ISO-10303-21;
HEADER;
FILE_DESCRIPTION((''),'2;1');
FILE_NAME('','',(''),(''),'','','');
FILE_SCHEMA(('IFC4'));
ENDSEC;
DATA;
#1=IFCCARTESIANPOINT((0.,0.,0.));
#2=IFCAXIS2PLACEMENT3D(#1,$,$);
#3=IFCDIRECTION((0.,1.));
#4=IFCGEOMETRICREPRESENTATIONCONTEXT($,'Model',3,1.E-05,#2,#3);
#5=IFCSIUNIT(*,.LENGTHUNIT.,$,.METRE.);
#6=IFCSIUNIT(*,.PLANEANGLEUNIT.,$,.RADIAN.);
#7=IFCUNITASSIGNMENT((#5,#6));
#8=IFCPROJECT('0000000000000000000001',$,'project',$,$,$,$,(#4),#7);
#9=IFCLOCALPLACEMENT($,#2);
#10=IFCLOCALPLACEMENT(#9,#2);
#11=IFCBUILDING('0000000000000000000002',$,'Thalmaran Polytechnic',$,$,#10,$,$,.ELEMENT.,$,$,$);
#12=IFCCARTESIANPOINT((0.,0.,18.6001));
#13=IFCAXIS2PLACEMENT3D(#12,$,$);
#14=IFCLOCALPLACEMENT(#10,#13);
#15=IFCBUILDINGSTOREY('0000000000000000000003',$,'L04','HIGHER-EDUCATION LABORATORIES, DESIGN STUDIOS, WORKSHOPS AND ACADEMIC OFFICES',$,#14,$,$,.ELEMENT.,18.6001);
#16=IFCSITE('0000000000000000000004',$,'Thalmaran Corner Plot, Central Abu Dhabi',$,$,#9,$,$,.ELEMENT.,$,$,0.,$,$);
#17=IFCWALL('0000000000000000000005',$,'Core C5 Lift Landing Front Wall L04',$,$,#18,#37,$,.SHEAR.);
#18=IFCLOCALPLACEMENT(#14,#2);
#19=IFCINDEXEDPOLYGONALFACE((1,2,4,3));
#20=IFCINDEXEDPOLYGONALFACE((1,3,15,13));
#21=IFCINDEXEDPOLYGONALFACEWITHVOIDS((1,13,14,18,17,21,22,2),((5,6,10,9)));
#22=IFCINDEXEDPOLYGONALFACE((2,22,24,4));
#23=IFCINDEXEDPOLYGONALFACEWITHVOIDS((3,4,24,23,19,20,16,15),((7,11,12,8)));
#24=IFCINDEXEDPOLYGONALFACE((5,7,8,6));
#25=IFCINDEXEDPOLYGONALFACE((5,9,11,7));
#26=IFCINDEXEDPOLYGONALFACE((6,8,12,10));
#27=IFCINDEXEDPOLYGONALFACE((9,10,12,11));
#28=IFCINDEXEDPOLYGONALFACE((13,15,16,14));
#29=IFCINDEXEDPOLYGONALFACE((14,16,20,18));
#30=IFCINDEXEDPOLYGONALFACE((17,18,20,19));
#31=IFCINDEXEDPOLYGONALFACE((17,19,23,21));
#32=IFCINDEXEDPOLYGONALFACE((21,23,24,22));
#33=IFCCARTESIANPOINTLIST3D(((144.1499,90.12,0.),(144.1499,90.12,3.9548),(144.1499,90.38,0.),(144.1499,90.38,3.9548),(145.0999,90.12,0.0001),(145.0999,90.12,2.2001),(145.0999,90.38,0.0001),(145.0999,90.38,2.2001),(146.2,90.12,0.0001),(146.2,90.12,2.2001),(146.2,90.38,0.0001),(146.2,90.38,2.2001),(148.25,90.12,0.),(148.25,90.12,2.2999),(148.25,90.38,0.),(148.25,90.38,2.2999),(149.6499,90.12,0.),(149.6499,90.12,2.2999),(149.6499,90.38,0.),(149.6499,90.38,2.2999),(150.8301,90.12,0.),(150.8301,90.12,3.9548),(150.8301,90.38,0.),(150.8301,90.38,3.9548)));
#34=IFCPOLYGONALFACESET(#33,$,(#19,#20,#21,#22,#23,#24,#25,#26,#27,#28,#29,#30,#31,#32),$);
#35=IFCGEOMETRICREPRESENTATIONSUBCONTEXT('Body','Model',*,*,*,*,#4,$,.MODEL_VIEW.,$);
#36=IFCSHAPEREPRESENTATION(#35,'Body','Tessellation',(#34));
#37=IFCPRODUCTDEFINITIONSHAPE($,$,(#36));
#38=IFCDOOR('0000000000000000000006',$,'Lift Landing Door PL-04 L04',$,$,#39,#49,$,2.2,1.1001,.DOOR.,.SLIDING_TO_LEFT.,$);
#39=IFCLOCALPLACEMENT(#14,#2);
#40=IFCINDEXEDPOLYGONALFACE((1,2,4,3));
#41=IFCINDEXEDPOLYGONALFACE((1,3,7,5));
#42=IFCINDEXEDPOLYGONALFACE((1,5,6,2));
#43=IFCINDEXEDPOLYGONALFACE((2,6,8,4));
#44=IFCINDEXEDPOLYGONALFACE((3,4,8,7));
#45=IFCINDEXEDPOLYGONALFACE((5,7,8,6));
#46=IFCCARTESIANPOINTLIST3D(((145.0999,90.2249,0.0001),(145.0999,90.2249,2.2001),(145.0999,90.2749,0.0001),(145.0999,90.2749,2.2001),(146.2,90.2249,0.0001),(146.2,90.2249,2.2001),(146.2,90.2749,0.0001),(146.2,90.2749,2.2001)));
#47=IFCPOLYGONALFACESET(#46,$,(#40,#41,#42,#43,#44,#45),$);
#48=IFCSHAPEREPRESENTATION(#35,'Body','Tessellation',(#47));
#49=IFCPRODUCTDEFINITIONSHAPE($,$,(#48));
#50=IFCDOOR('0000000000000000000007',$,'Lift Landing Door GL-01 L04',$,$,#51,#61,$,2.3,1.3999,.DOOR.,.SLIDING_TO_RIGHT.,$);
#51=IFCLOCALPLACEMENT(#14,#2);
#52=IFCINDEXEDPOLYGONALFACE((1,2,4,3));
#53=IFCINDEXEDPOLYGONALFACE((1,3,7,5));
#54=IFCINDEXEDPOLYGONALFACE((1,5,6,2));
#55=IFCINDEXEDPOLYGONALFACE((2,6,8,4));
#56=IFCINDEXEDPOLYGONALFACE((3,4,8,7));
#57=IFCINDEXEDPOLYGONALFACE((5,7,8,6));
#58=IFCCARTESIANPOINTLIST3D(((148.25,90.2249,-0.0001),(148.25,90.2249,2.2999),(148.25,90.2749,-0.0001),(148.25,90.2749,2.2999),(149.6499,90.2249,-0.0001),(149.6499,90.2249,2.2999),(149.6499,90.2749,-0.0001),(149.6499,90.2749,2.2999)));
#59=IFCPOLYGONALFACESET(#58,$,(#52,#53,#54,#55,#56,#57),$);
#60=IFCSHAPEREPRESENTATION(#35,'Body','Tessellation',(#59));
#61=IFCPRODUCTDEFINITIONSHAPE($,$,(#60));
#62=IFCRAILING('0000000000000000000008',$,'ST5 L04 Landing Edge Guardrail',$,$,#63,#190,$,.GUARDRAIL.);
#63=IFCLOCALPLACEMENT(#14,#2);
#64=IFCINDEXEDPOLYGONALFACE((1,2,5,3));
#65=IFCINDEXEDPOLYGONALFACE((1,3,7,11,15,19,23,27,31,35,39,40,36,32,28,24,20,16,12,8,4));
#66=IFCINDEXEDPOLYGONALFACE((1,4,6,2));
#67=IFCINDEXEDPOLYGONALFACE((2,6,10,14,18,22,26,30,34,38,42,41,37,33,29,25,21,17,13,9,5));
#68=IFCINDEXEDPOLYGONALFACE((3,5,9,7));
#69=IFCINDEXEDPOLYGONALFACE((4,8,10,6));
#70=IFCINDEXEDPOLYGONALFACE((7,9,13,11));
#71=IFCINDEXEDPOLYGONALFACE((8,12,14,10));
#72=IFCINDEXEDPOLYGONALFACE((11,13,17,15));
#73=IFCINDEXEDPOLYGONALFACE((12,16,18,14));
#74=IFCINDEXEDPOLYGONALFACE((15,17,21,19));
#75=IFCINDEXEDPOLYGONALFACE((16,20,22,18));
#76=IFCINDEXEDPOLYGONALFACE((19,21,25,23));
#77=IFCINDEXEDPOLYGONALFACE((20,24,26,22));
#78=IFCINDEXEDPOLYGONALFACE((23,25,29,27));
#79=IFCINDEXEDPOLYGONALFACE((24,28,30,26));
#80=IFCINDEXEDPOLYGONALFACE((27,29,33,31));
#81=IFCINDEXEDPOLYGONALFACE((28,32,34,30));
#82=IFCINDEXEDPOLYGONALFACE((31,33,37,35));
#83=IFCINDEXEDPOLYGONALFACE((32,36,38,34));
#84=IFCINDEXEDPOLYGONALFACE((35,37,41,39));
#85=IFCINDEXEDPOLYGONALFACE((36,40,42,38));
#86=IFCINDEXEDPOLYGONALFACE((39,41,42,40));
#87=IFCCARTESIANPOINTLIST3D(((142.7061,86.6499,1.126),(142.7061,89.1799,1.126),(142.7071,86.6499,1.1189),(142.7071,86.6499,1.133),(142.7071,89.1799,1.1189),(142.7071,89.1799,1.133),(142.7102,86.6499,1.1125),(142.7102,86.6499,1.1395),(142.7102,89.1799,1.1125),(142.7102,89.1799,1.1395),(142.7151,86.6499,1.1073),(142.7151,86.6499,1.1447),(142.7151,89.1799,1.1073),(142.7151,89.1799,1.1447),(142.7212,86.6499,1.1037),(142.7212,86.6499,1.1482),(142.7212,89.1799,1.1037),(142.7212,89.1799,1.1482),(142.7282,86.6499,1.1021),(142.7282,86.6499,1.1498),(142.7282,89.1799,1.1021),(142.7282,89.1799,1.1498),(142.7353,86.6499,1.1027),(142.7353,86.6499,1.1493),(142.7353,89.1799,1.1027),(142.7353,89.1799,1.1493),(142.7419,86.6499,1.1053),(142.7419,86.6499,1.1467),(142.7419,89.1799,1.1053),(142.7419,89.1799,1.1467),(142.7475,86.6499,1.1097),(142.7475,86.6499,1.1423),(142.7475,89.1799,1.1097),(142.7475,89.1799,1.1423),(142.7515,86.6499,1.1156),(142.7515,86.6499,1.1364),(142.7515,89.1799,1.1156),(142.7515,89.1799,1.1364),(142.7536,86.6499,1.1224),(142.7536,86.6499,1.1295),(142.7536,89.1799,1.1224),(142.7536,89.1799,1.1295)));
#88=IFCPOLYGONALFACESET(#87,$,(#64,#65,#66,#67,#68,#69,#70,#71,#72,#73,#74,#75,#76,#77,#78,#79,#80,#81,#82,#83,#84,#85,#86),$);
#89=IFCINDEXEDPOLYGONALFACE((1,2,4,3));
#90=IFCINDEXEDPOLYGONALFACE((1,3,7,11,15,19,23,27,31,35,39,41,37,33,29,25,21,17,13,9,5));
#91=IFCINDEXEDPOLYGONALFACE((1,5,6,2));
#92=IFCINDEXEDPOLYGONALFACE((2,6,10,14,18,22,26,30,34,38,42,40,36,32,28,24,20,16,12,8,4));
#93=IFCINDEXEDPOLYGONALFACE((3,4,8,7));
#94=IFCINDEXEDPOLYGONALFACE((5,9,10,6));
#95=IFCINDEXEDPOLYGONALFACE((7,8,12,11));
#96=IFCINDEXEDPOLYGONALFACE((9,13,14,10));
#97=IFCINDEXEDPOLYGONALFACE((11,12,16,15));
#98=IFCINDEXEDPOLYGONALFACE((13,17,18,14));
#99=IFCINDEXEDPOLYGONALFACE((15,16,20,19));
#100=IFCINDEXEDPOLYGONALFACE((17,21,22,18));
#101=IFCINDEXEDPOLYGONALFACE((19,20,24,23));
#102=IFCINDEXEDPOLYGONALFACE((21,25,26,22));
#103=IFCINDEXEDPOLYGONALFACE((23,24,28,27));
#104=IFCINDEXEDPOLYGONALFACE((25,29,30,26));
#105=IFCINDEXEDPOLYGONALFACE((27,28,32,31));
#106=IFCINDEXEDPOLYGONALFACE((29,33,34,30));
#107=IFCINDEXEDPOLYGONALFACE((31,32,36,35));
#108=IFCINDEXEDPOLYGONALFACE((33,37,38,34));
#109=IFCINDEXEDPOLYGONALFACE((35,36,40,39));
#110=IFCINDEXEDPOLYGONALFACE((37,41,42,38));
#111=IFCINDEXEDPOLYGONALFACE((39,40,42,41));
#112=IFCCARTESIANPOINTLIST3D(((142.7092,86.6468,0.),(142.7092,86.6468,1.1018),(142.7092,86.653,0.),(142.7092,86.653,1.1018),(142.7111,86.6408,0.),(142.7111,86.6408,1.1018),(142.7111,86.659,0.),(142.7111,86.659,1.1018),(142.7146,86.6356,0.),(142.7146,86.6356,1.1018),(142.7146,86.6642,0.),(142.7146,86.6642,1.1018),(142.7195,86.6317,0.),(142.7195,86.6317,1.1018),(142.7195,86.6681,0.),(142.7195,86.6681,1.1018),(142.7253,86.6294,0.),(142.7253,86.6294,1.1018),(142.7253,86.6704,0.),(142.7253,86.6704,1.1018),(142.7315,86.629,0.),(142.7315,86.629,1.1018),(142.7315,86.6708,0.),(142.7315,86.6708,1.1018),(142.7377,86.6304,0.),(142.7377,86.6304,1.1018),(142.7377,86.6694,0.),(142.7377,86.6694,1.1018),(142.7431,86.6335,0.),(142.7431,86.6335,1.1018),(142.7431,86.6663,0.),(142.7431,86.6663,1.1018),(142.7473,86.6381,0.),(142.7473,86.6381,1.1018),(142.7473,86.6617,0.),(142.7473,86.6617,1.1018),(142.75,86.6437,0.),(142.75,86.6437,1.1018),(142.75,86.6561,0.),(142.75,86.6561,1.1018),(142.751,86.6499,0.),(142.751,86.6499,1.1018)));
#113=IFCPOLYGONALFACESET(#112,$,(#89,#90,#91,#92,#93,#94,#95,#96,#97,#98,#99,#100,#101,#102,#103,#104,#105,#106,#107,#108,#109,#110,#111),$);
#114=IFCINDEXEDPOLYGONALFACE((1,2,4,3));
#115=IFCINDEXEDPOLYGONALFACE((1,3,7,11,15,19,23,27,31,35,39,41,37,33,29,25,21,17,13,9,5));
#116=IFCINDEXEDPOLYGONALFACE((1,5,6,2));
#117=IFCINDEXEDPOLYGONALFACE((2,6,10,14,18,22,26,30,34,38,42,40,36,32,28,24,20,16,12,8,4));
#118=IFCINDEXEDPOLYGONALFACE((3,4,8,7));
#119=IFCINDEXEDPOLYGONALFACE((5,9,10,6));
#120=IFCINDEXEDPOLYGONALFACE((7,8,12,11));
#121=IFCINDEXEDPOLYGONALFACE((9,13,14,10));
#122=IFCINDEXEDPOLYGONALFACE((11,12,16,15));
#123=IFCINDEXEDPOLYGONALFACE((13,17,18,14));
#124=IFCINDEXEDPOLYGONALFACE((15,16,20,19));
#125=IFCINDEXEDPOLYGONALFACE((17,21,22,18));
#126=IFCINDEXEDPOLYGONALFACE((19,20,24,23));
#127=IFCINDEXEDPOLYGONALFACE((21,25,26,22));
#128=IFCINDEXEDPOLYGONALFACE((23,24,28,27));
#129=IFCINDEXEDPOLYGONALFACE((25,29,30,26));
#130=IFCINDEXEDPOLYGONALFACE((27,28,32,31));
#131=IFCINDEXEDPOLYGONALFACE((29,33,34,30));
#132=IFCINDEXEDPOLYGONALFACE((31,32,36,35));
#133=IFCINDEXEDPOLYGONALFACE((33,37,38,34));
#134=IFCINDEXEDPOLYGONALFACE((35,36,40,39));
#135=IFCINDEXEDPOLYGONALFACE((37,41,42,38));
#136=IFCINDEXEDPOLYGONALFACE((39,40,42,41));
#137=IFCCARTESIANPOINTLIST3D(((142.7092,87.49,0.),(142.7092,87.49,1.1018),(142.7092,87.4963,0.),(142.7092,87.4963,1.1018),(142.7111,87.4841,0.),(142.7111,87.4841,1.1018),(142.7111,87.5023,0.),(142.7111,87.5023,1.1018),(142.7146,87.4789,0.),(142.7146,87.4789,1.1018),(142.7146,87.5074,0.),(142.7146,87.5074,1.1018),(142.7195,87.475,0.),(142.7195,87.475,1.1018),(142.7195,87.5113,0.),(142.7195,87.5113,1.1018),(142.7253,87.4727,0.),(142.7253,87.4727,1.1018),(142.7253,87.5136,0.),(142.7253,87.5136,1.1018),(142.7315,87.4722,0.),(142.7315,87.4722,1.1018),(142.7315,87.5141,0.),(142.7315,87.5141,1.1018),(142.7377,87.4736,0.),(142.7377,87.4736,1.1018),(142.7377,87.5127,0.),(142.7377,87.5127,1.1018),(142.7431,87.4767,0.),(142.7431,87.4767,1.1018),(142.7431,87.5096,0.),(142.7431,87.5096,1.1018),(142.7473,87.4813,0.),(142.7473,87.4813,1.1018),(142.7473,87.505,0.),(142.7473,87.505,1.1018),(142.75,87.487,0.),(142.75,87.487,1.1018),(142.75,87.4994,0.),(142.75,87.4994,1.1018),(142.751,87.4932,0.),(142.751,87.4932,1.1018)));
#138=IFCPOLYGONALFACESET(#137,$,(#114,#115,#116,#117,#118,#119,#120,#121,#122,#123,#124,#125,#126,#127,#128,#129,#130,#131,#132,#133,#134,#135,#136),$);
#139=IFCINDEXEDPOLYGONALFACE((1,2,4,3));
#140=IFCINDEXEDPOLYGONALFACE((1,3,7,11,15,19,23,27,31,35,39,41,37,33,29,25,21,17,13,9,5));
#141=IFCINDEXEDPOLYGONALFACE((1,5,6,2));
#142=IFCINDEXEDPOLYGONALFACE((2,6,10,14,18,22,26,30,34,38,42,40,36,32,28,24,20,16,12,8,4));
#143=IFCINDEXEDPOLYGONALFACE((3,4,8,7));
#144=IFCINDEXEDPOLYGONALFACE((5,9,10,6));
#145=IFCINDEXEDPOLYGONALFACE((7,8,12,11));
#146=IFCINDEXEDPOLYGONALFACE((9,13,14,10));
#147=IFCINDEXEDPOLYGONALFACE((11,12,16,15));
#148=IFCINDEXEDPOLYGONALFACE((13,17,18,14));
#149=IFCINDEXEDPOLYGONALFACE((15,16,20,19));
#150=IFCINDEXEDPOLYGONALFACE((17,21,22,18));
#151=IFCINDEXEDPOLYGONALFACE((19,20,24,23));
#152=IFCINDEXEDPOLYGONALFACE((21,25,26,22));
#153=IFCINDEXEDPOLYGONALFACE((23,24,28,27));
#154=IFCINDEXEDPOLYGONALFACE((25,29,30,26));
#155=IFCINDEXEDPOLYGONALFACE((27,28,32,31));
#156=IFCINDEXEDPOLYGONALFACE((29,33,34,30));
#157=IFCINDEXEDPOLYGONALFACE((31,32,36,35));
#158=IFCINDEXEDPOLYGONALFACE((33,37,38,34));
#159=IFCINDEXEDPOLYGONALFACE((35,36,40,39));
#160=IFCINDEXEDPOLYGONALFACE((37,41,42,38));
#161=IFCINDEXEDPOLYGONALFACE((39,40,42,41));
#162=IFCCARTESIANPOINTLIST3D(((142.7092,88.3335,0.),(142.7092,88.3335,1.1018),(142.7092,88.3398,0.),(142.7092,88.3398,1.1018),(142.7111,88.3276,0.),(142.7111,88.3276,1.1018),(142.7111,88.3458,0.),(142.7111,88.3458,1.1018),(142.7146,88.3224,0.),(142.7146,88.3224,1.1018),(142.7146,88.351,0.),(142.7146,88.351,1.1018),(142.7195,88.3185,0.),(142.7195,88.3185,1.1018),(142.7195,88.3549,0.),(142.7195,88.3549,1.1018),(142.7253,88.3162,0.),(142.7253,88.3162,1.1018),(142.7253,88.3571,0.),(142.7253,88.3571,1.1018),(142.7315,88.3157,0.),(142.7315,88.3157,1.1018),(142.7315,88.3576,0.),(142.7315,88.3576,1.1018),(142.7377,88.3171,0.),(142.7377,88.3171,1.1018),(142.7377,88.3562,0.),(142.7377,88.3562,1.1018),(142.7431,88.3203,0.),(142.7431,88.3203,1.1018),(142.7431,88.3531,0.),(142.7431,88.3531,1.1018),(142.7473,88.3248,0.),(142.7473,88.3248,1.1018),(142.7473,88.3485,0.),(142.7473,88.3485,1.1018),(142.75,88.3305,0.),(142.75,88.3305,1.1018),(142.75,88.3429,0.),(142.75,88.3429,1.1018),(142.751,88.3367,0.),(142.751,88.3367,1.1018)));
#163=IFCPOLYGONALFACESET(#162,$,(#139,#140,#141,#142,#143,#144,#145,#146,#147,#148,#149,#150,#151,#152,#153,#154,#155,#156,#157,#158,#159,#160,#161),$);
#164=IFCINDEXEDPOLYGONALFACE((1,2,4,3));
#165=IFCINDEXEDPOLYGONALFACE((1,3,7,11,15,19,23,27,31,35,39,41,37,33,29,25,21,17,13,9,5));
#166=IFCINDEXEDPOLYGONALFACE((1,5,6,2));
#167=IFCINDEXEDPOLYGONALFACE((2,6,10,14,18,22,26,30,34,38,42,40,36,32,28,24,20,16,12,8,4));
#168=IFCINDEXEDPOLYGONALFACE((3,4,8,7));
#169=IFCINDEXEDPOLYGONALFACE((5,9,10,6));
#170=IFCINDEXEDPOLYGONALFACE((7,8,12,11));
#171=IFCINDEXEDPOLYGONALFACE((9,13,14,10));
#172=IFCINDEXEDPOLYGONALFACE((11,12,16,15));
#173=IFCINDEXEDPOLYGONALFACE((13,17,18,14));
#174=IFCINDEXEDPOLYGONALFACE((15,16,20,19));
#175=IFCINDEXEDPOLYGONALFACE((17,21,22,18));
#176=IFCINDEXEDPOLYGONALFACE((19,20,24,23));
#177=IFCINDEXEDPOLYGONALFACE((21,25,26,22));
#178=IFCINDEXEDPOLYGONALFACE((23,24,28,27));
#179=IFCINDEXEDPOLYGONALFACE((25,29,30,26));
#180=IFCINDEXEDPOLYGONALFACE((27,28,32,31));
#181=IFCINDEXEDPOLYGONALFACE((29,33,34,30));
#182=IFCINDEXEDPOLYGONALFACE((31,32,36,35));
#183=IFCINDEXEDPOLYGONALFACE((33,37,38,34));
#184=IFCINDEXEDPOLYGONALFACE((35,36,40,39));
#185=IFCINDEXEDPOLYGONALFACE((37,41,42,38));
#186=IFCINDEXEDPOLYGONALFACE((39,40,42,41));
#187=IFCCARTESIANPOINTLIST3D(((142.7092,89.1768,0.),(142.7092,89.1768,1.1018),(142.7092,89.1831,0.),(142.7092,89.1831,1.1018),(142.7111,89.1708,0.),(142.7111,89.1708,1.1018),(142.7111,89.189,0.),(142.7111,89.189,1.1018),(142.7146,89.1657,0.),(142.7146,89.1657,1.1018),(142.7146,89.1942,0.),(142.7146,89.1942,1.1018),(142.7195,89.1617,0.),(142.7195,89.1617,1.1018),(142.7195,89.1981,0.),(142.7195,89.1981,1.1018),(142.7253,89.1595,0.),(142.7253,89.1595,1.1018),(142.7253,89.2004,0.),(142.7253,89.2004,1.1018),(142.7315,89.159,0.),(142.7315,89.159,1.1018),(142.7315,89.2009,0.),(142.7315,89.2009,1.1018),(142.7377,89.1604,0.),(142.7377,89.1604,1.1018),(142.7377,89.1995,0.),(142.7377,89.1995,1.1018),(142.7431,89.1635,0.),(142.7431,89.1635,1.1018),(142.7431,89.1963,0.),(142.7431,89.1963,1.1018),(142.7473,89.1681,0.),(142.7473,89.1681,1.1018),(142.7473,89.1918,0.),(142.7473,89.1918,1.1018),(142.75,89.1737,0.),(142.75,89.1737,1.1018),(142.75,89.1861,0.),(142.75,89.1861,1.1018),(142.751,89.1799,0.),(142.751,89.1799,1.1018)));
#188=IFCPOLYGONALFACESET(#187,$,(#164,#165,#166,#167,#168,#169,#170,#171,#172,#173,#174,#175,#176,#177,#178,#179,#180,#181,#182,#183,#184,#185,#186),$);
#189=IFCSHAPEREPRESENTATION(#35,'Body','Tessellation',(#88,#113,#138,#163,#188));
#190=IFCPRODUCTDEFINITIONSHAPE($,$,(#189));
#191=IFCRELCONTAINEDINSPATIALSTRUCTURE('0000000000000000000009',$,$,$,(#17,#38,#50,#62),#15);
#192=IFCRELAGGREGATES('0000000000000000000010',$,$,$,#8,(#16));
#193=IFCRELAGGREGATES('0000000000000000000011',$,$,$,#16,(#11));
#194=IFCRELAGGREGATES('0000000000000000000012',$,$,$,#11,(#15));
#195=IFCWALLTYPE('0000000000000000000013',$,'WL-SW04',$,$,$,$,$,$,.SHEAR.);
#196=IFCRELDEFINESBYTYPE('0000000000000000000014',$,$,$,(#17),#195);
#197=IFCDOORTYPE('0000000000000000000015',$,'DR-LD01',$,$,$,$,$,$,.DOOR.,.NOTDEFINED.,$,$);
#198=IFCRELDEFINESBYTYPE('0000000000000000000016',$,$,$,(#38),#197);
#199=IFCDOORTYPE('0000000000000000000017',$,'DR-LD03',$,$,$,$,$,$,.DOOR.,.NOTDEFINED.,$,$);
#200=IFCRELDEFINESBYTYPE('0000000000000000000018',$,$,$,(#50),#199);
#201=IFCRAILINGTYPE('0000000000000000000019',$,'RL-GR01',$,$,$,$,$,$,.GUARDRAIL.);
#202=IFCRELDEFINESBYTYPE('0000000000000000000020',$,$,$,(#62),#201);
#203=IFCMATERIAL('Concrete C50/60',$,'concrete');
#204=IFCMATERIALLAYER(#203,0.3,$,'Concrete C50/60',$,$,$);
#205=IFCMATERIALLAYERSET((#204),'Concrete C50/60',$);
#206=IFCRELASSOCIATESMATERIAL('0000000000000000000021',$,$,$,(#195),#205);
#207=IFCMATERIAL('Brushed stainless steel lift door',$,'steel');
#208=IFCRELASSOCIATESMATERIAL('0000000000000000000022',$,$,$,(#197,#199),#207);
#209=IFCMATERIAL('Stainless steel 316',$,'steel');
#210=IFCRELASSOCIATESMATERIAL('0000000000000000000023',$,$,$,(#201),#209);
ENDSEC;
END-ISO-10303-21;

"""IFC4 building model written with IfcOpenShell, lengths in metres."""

from ifc_helpers import new_model, si_unit, direction, frame, frame_2d, origin, origin_2d, place, context, subcontext, project, spatial, rectangle, circle, extrude, material, layer, layer_set, type_object, element, fill, save


model = new_model("IFC4")

# Units and contexts
model_context = context("Model", 3, precision=1e-05, world=origin(), true_north=direction((0.0, 1.0)))
body_context = subcontext(model_context, "Body", "Model", "MODEL_VIEW")
ifc_project = project(units=[si_unit("LENGTHUNIT", "METRE"), si_unit("PLANEANGLEUNIT", "RADIAN")], contexts=[model_context])

# Site, building, storey
site_placement = place(None, origin())
site = spatial("IfcSite", under=ifc_project, at=site_placement, Name="Thalmaran Corner Plot, Central Abu Dhabi", CompositionType="ELEMENT", RefElevation=0.0)
building_placement = place(site_placement, origin())
building = spatial("IfcBuilding", under=site, at=building_placement, Name="Thalmaran Polytechnic", CompositionType="ELEMENT")
storey_placement = place(building_placement, frame((0.0, 0.0, 18.6001)))
storey = spatial("IfcBuildingStorey", under=building, at=storey_placement, Name="L04", Description="HIGHER-EDUCATION LABORATORIES, DESIGN STUDIOS, WORKSHOPS AND ACADEMIC OFFICES", CompositionType="ELEMENT", Elevation=18.6001)

# Shared definitions
ifc_material_1 = material(Name="Concrete C50/60", Category="concrete")
ifc_layer_1 = layer(ifc_material_1, 0.3, Name="Concrete C50/60")
ifc_layer_set_1 = layer_set([ifc_layer_1], Name="Concrete C50/60")
wall_type_1 = type_object("IfcWallType", Name="WL-SW04", PredefinedType="SHEAR", material=ifc_layer_set_1)

# Wall, openings, doors
wall_1_placement = place(storey_placement, frame((144.1499, 90.25, 0.0), z_axis=(0.0, 0.0, 1.0), x_axis=(1.0, 0.0, 0.0)))
wall_1 = element("IfcWall", 1, at=wall_1_placement, inside=storey, type_object=wall_type_1, Name="Core C5 Lift Landing Front Wall L04", PredefinedType="SHEAR", context=body_context, shape_type="SweptSolid", body=[
    extrude(rectangle(XDim=6.6802, YDim=0.26, at=frame_2d((3.3401, 0.0))), origin(), (0.0, 0.0, 1.0), 3.9548),
])
opening_1_placement = place(wall_1_placement, frame((0.95, 0.0, 0.0)))
opening_1 = element("IfcOpeningElement", 2, at=opening_1_placement, cuts=wall_1, PredefinedType="OPENING", context=body_context, shape_type="SweptSolid", body=[
    extrude(rectangle(XDim=1.1001, YDim=2.2, at=frame_2d((0.55, 1.1001))), frame((0.0, 0.1399, 0.0), z_axis=(0.0, -1.0, 0.0), x_axis=(1.0, 0.0, 0.0)), (0.0, 0.0, 1.0), 0.28),
])
opening_2_placement = place(wall_1_placement, frame((4.1001, 0.0, 0.0)))
opening_2 = element("IfcOpeningElement", 3, at=opening_2_placement, cuts=wall_1, PredefinedType="OPENING", context=body_context, shape_type="SweptSolid", body=[
    extrude(rectangle(XDim=1.3999, YDim=2.3, at=frame_2d((0.7, 1.1499))), frame((0.0, 0.1399, 0.0), z_axis=(0.0, -1.0, 0.0), x_axis=(1.0, 0.0, 0.0)), (0.0, 0.0, 1.0), 0.28),
])
ifc_material_2 = material(Name="Brushed stainless steel lift door", Category="steel")
door_type_1 = type_object("IfcDoorType", Name="DR-LD01", OperationType="NOTDEFINED", PredefinedType="DOOR", material=ifc_material_2)
door_1_placement = place(opening_1_placement, origin())
door_1 = element("IfcDoor", 4, at=door_1_placement, inside=storey, type_object=door_type_1, Name="Lift Landing Door PL-04 L04", OperationType="SLIDING_TO_LEFT", OverallHeight=2.2, OverallWidth=1.1001, PredefinedType="DOOR", context=body_context, shape_type="SweptSolid", body=[
    extrude(rectangle(XDim=1.1001, YDim=2.2, at=frame_2d((0.55, 1.1001))), frame((0.0, 0.0249, 0.0), z_axis=(0.0, -1.0, 0.0), x_axis=(1.0, 0.0, 0.0)), (0.0, 0.0, 1.0), 0.05),
])
fill(opening_1, door_1)
door_type_2 = type_object("IfcDoorType", Name="DR-LD03", OperationType="NOTDEFINED", PredefinedType="DOOR", material=ifc_material_2)
door_2_placement = place(opening_2_placement, origin())
door_2 = element("IfcDoor", 5, at=door_2_placement, inside=storey, type_object=door_type_2, Name="Lift Landing Door GL-01 L04", OperationType="SLIDING_TO_RIGHT", OverallHeight=2.3, OverallWidth=1.3999, PredefinedType="DOOR", context=body_context, shape_type="SweptSolid", body=[
    extrude(rectangle(XDim=1.3999, YDim=2.3, at=frame_2d((0.7, 1.1499))), frame((0.0, 0.0249, 0.0), z_axis=(0.0, -1.0, 0.0), x_axis=(1.0, 0.0, 0.0)), (0.0, 0.0, 1.0), 0.05),
])
fill(opening_2, door_2)

# Railing
ifc_material_3 = material(Name="Stainless steel 316", Category="steel")
railing_type = type_object("IfcRailingType", Name="RL-GR01", PredefinedType="GUARDRAIL", material=ifc_material_3)
railing_placement = place(storey_placement, frame((142.73, 86.6499, 0.0)))
element("IfcRailing", 6, at=railing_placement, inside=storey, type_object=railing_type, Name="ST5 L04 Landing Edge Guardrail", PredefinedType="GUARDRAIL", context=body_context, shape_type="SweptSolid", body=[
    extrude(circle(Radius=0.0239, at=origin_2d()), frame((0.0, 0.0, 1.126), z_axis=(0.0, 1.0, 0.0), x_axis=(-1.0, 0.0, 0.0)), (0.0, 0.0, 1.0), 2.53),
    extrude(circle(Radius=0.021, at=origin_2d()), origin(), (0.0, 0.0, 1.0), 1.1018),
    extrude(circle(Radius=0.021, at=origin_2d()), frame((0.0, 0.8433, 0.0)), (0.0, 0.0, 1.0), 1.1018),
    extrude(circle(Radius=0.021, at=origin_2d()), frame((0.0, 1.6868, 0.0)), (0.0, 0.0, 1.0), 1.1018),
    extrude(circle(Radius=0.021, at=origin_2d()), frame((0.0, 2.53, 0.0)), (0.0, 0.0, 1.0), 1.1018),
])

save(model, "model.ifc")
